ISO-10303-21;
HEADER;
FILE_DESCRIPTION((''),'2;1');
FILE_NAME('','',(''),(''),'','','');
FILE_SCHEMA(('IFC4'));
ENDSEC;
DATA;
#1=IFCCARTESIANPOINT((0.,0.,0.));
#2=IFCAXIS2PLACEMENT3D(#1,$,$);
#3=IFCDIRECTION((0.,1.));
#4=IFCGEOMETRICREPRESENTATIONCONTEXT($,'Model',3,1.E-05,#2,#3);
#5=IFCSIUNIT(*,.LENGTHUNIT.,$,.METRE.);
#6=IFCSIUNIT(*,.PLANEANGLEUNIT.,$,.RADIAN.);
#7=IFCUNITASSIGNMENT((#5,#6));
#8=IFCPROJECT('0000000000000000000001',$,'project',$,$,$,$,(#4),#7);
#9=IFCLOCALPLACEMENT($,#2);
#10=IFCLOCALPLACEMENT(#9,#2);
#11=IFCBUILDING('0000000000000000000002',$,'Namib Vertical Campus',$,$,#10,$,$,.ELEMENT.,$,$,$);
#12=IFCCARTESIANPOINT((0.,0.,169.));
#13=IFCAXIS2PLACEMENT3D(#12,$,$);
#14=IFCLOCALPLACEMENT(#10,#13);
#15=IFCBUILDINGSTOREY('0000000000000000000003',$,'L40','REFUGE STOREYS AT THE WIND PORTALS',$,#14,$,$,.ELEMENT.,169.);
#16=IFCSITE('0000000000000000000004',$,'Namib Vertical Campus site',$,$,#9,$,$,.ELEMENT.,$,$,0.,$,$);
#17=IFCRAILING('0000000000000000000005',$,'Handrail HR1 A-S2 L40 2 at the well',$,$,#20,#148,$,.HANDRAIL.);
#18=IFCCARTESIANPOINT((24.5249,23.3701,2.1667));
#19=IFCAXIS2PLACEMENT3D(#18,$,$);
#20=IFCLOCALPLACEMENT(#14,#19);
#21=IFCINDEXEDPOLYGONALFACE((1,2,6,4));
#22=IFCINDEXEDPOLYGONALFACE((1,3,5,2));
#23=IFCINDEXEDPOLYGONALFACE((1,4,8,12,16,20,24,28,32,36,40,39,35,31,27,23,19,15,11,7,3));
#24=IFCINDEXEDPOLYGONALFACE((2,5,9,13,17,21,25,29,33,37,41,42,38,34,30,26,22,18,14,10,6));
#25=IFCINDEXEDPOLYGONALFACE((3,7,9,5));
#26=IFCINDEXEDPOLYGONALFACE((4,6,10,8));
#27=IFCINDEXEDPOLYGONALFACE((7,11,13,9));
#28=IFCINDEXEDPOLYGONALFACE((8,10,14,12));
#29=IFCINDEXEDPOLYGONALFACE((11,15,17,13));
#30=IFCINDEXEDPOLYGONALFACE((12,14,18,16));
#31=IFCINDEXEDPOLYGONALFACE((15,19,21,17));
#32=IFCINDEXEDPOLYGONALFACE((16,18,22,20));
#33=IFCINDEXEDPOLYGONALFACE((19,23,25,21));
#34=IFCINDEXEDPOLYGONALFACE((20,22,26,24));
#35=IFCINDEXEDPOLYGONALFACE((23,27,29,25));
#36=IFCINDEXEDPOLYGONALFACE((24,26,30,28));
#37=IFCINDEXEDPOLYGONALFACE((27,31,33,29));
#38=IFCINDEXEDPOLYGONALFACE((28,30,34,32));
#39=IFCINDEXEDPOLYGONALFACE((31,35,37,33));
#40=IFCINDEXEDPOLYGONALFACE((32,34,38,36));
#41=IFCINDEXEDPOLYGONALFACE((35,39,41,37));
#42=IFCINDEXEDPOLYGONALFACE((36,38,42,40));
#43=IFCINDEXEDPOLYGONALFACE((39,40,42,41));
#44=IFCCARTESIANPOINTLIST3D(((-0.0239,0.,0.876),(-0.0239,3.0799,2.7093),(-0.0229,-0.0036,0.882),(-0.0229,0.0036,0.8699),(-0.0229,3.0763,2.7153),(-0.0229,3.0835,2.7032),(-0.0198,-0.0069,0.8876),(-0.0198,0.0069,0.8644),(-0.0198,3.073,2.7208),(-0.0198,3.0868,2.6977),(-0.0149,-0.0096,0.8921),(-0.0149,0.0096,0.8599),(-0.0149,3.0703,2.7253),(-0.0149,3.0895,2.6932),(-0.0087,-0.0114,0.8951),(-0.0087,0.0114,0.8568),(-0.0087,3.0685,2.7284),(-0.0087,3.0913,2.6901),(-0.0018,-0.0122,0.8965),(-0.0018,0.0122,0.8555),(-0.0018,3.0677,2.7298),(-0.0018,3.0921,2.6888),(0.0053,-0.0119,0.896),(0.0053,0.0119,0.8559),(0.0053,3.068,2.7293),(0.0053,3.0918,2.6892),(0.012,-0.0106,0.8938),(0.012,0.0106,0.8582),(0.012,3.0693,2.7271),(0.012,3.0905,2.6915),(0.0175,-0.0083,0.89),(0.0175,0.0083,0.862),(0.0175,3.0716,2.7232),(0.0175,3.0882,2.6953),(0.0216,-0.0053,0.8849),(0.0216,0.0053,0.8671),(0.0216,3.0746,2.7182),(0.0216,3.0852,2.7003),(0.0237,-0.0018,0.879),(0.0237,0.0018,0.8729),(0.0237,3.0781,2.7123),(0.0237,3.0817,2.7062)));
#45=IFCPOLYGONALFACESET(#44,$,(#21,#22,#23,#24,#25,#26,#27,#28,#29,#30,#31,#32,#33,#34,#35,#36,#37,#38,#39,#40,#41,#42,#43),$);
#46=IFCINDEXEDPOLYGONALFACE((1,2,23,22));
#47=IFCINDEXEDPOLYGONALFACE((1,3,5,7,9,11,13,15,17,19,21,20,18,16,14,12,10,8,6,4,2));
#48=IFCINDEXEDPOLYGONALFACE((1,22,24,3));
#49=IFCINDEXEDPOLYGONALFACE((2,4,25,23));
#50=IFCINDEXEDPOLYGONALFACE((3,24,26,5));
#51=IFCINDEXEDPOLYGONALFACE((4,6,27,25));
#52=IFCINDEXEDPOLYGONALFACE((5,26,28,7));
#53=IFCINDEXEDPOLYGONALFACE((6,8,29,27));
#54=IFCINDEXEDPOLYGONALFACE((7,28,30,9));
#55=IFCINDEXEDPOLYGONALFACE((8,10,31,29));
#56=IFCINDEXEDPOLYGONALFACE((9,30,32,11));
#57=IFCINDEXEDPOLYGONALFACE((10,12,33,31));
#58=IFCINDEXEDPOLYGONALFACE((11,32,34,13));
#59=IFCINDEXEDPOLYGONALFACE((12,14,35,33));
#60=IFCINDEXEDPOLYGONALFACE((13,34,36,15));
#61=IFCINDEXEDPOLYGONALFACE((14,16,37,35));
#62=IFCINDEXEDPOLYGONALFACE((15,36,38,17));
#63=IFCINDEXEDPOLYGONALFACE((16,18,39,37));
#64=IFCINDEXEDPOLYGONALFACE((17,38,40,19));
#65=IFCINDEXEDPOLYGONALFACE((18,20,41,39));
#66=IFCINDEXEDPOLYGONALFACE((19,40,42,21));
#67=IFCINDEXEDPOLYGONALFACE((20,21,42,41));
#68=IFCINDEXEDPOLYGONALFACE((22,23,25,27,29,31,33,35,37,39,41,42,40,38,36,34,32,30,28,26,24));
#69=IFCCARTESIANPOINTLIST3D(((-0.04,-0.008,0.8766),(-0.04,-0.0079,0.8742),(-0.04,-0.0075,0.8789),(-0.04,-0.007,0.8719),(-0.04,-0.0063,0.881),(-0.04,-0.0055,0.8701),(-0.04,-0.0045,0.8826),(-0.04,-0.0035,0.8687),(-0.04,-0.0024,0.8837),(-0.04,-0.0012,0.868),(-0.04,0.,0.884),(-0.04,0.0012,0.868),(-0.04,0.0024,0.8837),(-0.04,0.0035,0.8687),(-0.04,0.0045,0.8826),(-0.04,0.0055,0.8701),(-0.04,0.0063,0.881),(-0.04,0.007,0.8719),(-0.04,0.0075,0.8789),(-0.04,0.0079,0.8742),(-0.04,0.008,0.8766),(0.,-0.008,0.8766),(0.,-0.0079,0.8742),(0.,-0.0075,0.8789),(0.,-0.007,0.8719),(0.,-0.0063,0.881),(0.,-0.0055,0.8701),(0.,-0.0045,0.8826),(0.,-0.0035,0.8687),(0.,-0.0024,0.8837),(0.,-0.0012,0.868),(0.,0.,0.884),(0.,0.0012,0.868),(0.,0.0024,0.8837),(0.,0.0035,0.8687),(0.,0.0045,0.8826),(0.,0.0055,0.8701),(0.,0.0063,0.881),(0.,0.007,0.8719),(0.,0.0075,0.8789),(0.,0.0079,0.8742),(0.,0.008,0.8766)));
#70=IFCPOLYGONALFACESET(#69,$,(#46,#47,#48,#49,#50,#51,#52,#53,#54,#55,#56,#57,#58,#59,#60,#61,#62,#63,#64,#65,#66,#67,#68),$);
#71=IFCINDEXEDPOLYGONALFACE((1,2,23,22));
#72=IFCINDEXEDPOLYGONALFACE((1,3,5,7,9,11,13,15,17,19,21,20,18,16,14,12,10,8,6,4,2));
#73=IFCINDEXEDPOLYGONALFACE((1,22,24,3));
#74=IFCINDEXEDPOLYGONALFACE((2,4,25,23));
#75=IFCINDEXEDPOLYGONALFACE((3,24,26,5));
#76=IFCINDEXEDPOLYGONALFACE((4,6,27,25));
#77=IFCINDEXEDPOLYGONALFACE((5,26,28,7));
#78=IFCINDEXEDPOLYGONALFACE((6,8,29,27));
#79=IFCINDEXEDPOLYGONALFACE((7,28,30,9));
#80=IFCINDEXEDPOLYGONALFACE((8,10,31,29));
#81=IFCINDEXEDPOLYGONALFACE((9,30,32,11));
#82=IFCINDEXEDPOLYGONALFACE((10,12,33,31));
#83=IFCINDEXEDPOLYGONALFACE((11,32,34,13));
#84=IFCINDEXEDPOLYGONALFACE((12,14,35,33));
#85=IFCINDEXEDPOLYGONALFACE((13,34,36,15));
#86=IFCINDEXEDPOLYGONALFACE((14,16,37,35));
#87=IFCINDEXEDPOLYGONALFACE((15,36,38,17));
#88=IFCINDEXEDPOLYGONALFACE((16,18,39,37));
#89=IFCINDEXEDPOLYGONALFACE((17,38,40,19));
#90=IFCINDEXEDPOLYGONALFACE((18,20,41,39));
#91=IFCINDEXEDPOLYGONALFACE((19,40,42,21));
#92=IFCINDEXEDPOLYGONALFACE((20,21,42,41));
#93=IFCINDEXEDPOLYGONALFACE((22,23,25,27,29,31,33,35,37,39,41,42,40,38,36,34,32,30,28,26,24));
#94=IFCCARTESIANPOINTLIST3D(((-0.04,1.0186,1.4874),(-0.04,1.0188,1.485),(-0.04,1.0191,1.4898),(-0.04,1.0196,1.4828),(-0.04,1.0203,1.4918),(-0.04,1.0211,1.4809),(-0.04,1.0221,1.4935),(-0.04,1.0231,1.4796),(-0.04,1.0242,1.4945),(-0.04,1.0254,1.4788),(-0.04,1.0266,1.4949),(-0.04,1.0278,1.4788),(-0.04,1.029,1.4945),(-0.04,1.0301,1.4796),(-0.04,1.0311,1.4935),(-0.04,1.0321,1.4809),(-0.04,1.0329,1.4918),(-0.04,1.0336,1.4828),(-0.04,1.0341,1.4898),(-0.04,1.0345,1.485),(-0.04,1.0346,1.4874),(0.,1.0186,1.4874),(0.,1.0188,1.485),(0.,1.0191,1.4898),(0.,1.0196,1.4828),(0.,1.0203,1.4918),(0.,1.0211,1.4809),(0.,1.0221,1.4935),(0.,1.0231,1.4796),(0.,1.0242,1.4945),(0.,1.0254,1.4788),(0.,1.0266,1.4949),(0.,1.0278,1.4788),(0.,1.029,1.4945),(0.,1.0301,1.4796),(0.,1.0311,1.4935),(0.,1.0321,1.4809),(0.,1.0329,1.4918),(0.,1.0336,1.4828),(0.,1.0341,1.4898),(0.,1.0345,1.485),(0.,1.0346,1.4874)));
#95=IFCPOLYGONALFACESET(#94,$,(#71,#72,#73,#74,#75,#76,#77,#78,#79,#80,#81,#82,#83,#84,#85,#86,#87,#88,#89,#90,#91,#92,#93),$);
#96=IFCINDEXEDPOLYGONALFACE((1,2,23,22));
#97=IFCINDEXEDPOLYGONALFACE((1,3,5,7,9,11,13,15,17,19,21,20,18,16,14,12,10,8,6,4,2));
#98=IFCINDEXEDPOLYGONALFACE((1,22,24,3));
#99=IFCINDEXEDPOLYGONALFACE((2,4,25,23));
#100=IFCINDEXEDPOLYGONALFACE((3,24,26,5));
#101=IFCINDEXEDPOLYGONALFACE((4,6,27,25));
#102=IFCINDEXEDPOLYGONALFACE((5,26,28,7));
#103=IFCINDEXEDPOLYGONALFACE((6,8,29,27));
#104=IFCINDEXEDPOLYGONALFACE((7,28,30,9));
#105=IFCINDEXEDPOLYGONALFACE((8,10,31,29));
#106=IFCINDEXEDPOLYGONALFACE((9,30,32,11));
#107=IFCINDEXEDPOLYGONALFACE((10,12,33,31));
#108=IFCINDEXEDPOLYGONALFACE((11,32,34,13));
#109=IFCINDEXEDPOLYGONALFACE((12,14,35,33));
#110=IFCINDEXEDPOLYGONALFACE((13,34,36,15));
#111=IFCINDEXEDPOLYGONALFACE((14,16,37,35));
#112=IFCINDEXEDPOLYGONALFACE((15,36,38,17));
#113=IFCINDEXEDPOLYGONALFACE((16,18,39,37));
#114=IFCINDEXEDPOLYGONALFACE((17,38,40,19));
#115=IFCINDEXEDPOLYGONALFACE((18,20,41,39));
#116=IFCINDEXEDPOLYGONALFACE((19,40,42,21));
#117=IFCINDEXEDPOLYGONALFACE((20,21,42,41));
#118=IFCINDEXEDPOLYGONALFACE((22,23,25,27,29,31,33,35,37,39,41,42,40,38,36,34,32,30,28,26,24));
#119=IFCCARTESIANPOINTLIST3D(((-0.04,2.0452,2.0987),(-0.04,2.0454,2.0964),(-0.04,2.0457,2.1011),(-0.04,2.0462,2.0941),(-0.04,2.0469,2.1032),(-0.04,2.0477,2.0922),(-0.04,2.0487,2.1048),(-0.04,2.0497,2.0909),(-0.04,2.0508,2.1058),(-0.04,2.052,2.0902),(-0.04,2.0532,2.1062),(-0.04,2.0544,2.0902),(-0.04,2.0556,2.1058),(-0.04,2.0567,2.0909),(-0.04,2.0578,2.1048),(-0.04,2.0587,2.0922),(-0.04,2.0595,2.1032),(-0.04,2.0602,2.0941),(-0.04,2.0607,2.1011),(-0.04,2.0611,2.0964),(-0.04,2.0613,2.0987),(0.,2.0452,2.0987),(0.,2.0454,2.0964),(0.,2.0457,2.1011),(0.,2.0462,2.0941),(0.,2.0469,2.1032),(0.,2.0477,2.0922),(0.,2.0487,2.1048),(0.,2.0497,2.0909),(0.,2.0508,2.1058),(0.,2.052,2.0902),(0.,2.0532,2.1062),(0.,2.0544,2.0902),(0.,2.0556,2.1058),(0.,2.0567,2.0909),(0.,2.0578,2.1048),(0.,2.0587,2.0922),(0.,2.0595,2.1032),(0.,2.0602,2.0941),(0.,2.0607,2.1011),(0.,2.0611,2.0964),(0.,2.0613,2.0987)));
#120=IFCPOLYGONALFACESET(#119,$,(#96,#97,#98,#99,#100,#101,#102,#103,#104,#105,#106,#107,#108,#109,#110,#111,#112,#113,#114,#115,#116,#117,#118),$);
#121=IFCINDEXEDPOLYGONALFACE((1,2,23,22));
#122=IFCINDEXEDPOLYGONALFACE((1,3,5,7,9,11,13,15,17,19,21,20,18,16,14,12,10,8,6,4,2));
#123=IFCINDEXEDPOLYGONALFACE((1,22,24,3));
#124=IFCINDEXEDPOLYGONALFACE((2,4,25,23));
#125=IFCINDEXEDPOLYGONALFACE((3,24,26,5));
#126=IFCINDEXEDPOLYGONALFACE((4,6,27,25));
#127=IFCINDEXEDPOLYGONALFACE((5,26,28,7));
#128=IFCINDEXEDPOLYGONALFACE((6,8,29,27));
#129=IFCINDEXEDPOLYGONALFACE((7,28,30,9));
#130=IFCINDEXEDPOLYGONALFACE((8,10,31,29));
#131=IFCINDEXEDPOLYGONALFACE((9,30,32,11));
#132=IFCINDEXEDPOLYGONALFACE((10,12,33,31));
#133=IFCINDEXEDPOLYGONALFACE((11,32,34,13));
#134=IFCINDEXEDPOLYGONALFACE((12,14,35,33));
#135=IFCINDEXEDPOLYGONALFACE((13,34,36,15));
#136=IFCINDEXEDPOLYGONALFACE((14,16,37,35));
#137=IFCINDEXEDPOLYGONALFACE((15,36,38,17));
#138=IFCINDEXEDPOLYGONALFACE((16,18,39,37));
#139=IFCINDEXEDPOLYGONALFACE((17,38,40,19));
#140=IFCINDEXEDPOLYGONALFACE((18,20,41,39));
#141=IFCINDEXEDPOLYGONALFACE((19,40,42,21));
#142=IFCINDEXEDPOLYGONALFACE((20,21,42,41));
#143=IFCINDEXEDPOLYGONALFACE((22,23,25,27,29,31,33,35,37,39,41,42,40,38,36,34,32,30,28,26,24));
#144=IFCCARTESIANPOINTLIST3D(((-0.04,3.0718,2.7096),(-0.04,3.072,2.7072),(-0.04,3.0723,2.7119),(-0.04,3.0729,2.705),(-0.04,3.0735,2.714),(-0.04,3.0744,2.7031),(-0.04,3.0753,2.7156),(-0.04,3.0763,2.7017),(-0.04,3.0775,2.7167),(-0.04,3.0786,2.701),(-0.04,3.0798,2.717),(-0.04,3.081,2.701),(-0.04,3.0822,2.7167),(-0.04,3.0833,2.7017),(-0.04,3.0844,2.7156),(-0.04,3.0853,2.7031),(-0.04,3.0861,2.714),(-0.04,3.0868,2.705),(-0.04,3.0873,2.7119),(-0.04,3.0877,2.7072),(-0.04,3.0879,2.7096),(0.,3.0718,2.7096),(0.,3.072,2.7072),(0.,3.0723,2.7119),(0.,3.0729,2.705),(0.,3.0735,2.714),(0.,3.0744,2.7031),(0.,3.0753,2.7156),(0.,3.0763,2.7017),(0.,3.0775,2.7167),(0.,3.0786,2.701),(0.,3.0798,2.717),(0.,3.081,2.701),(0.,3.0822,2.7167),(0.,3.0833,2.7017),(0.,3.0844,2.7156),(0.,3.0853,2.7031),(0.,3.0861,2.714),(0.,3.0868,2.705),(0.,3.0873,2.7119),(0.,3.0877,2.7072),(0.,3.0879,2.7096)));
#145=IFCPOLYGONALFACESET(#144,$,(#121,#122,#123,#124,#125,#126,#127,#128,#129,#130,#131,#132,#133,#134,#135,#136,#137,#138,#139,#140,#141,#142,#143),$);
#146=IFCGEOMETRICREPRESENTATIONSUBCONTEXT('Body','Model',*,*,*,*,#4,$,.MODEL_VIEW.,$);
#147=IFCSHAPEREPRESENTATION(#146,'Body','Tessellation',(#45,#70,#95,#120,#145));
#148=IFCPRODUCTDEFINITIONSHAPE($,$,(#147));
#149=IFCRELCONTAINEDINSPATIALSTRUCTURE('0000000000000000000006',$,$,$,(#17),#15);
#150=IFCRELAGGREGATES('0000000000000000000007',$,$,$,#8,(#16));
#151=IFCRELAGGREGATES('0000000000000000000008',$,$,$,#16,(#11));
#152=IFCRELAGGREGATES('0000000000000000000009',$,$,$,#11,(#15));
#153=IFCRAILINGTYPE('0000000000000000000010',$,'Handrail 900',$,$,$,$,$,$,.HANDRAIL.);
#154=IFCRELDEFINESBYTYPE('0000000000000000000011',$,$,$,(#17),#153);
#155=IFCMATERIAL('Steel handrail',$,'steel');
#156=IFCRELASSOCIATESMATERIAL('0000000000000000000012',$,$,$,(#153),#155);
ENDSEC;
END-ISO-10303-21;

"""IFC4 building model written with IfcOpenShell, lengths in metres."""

from ifc_helpers import new_model, si_unit, direction, frame, origin, origin_2d, place, context, subcontext, project, spatial, circle, extrude, material, type_object, element, save


model = new_model("IFC4")

# Units and contexts
model_context = context("Model", 3, precision=1e-05, world=origin(), true_north=direction((0.0, 1.0)))
body_context = subcontext(model_context, "Body", "Model", "MODEL_VIEW")
ifc_project = project(units=[si_unit("LENGTHUNIT", "METRE"), si_unit("PLANEANGLEUNIT", "RADIAN")], contexts=[model_context])

# Site, building, storey
site_placement = place(None, origin())
site = spatial("IfcSite", under=ifc_project, at=site_placement, Name="Namib Vertical Campus site", CompositionType="ELEMENT", RefElevation=0.0)
building_placement = place(site_placement, origin())
building = spatial("IfcBuilding", under=site, at=building_placement, Name="Namib Vertical Campus", CompositionType="ELEMENT")
storey_placement = place(building_placement, frame((0.0, 0.0, 169.0)))
storey = spatial("IfcBuildingStorey", under=building, at=storey_placement, Name="L40", Description="REFUGE STOREYS AT THE WIND PORTALS", CompositionType="ELEMENT", Elevation=169.0)

# Railing
ifc_material_1 = material(Name="Steel handrail", Category="steel")
railing_type_1 = type_object("IfcRailingType", Name="Handrail 900", PredefinedType="HANDRAIL", material=ifc_material_1)
railing_1_placement = place(storey_placement, frame((24.5249, 23.3701, 2.1667)))
element("IfcRailing", 1, at=railing_1_placement, inside=storey, type_object=railing_type_1, Name="Handrail HR1 A-S2 L40 2 at the well", PredefinedType="HANDRAIL", context=body_context, shape_type="SweptSolid", body=[
    extrude(circle(Radius=0.0239, at=origin_2d()), frame((0.0, 0.0, 0.876), z_axis=(0.0, 0.859291, 0.511487), x_axis=(-1.0, 0.0, 0.0)), (0.0, 0.0, 1.0), 3.5842),
    extrude(circle(Radius=0.0081, at=origin_2d()), frame((0.0, 0.0, 0.876), z_axis=(-1.0, 0.0, 0.0), x_axis=(0.0, 0.0, 1.0)), (0.0, 0.0, 1.0), 0.04),
    extrude(circle(Radius=0.0081, at=origin_2d()), frame((0.0, 1.0266, 1.4868), z_axis=(-1.0, 0.0, 0.0), x_axis=(0.0, 0.0, 1.0)), (0.0, 0.0, 1.0), 0.04),
    extrude(circle(Radius=0.0081, at=origin_2d()), frame((0.0, 2.0532, 2.0981), z_axis=(-1.0, 0.0, 0.0), x_axis=(0.0, 0.0, 1.0)), (0.0, 0.0, 1.0), 0.04),
    extrude(circle(Radius=0.0081, at=origin_2d()), frame((0.0, 3.0798, 2.709), z_axis=(-1.0, 0.0, 0.0), x_axis=(0.0, 0.0, 1.0)), (0.0, 0.0, 1.0), 0.04),
])

save(model, "model.ifc")
